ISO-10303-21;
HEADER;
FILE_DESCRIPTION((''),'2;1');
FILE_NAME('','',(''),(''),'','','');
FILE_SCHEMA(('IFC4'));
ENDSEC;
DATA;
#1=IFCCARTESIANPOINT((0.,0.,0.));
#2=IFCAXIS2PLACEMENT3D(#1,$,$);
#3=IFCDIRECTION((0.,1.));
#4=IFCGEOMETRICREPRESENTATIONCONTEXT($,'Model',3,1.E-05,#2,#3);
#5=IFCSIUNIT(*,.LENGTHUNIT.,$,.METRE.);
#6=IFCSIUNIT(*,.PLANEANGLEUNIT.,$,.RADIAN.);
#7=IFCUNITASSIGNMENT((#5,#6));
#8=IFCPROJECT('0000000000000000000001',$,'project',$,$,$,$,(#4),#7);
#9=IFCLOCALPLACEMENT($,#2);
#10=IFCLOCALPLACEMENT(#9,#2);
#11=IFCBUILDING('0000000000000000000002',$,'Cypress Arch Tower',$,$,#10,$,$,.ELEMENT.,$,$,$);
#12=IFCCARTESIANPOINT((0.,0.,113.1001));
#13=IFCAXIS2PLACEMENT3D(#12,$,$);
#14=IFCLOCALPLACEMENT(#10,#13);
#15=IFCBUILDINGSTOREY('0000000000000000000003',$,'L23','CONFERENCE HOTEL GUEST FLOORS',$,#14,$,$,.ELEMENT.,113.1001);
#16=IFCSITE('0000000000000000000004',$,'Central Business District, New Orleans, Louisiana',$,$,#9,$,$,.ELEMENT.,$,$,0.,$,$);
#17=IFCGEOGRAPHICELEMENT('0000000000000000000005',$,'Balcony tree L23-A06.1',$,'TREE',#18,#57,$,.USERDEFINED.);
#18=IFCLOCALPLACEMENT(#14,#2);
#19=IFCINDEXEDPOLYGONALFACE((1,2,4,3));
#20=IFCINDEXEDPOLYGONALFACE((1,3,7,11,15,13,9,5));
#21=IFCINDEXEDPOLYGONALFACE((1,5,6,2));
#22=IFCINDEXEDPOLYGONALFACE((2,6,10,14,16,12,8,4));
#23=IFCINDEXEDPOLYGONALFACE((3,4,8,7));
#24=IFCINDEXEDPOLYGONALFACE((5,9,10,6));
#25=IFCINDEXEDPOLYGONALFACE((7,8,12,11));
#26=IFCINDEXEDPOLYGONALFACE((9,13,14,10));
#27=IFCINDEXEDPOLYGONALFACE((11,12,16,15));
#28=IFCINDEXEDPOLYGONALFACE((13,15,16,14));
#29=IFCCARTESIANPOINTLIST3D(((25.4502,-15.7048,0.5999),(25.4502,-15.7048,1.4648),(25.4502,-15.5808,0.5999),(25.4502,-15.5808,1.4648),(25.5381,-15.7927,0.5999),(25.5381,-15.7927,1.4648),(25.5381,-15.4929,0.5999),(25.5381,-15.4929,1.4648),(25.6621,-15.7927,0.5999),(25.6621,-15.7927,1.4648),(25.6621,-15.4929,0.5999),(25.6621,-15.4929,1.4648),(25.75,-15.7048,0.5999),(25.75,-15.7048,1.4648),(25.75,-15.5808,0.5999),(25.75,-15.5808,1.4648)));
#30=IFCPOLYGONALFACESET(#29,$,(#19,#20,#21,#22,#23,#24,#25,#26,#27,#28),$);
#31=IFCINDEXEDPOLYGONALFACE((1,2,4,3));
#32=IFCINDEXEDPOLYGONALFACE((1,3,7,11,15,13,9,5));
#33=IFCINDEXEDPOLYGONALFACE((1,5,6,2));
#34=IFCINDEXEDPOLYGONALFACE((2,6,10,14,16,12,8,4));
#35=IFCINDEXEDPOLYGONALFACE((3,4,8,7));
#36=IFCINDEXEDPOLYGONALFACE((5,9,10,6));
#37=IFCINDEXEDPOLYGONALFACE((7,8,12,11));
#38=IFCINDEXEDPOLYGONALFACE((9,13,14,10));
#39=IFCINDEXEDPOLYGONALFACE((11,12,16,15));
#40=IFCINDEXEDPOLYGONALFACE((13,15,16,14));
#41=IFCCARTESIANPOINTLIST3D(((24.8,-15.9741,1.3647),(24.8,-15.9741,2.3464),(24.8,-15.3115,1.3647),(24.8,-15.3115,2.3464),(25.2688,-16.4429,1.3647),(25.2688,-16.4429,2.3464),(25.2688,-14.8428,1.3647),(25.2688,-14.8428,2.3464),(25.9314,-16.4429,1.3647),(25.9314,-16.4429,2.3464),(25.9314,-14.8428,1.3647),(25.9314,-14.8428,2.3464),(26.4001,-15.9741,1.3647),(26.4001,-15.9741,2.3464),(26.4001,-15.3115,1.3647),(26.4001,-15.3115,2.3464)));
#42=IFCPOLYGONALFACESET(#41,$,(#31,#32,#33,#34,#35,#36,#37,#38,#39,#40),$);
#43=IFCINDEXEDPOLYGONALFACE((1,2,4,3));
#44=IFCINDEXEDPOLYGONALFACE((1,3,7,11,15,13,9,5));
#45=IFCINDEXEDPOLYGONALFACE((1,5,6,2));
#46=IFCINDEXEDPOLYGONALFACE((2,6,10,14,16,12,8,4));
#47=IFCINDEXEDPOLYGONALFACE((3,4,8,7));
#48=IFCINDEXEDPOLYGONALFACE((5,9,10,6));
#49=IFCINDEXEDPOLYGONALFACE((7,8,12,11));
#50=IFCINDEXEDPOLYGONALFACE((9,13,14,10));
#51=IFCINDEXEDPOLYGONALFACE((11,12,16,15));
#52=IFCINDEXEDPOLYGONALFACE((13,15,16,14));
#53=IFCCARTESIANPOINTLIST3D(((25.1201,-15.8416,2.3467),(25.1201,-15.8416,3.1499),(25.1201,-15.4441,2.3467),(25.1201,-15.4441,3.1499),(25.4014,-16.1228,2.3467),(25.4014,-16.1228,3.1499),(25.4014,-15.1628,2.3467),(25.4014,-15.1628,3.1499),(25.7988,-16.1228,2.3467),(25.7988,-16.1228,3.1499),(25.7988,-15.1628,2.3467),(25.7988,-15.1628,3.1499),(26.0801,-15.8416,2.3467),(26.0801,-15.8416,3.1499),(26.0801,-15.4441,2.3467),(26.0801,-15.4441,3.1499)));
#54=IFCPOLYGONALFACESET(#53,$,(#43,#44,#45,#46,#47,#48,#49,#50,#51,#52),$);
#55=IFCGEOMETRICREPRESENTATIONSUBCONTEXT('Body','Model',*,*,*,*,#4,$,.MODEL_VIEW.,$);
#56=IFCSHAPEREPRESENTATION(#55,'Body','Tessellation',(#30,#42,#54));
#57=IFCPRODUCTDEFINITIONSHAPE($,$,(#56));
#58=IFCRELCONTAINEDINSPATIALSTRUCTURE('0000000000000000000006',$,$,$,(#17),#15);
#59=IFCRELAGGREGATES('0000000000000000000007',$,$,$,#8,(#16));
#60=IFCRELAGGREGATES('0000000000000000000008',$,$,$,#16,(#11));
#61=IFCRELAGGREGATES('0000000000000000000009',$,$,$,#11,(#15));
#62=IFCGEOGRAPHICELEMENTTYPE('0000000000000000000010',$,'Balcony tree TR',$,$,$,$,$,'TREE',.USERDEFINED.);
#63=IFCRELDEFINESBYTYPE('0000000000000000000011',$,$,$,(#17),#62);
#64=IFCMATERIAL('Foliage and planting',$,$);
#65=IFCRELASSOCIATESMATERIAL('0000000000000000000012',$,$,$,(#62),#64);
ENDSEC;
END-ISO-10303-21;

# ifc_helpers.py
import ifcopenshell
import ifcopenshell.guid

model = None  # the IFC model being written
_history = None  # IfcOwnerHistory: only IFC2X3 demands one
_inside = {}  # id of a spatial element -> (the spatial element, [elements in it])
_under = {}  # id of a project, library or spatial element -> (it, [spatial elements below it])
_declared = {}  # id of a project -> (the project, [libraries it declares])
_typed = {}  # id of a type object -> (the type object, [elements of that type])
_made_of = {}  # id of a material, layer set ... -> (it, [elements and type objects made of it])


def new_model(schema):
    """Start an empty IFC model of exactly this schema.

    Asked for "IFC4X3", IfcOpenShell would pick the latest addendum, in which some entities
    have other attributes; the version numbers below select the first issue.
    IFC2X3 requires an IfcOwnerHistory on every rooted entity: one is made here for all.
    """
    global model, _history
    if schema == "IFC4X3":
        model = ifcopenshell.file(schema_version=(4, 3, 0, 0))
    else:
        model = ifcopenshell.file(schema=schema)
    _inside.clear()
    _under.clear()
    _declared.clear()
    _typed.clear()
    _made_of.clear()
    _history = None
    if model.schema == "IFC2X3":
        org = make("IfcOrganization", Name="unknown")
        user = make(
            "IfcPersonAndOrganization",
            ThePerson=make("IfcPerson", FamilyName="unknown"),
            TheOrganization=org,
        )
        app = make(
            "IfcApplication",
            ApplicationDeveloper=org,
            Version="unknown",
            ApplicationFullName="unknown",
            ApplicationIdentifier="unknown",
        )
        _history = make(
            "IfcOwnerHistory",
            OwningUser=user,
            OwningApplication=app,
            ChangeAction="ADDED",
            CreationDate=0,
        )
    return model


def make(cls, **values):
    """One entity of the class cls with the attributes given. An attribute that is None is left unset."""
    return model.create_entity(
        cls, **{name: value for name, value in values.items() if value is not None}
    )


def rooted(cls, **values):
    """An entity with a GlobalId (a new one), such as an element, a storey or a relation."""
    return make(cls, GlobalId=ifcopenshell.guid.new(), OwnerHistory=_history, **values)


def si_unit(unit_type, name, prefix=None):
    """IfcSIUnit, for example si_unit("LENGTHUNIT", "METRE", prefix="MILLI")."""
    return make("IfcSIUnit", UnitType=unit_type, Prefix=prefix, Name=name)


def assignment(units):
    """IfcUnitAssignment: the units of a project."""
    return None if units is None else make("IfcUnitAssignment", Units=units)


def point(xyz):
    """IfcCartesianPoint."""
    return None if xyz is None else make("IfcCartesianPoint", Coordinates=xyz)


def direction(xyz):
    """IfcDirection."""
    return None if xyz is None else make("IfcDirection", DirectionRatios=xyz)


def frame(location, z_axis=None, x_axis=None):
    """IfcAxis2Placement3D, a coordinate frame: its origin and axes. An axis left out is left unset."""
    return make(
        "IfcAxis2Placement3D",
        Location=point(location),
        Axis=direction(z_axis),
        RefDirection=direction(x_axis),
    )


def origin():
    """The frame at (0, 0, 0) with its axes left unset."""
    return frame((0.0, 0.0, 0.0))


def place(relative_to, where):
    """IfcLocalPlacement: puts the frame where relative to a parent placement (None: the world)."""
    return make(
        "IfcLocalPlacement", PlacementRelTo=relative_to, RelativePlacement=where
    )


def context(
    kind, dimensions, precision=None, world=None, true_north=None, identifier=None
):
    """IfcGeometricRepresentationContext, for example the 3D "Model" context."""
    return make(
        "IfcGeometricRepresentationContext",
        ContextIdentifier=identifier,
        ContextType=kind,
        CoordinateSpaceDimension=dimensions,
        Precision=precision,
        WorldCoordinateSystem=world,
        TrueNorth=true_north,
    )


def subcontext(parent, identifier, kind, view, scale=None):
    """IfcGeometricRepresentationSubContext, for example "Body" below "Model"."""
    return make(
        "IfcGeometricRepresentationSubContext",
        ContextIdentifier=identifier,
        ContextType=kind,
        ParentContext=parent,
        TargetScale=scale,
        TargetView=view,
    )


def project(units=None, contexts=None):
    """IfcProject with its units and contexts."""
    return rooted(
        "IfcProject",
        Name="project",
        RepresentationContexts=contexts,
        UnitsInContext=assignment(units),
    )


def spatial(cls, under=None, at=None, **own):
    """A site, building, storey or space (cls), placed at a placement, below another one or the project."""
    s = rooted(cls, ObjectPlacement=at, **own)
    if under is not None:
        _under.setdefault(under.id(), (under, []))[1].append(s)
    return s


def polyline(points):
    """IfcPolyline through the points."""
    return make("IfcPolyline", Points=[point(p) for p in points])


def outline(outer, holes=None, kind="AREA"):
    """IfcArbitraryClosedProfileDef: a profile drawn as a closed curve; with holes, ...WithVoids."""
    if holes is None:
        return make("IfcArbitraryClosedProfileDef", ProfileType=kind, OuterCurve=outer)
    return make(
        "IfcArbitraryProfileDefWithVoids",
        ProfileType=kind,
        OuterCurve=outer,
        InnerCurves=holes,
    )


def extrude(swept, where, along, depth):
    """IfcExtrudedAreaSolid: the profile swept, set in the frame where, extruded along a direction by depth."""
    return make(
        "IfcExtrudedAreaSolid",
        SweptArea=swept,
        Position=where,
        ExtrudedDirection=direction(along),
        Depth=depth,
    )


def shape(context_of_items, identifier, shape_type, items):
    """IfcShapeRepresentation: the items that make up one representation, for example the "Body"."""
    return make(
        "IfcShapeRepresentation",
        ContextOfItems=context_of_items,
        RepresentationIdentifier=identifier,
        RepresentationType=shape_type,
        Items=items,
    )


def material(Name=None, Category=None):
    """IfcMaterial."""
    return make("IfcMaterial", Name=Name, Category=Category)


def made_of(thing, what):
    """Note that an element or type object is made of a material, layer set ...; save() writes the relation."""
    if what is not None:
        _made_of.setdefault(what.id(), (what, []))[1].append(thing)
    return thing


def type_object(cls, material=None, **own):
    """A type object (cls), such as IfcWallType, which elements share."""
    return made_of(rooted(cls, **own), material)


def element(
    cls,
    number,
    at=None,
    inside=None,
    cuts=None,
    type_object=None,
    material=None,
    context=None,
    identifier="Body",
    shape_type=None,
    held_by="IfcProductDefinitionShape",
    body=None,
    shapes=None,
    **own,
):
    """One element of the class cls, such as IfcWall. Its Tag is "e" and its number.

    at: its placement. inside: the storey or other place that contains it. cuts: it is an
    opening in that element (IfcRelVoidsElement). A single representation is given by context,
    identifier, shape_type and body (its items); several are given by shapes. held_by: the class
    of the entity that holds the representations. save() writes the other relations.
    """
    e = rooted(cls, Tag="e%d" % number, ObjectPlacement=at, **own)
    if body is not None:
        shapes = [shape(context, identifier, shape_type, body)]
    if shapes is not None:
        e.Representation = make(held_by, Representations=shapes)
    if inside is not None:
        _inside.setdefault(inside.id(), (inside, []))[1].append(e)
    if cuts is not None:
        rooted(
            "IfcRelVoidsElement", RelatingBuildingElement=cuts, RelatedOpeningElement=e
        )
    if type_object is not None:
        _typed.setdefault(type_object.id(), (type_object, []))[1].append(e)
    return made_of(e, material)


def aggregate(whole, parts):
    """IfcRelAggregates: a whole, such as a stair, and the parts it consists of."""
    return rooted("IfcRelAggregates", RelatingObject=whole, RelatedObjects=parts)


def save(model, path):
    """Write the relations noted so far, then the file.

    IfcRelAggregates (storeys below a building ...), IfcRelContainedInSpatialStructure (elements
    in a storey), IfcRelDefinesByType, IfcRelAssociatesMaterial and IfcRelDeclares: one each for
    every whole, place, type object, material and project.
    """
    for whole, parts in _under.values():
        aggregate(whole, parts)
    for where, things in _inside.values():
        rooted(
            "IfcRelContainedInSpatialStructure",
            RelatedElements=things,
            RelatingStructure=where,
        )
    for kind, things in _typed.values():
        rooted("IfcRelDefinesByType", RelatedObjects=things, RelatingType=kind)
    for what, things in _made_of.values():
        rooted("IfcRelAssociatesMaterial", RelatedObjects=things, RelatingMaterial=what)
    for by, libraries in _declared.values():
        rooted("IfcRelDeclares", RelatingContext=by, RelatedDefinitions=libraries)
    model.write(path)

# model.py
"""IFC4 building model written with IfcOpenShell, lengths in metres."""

from ifc_helpers import new_model, si_unit, direction, frame, origin, place, context, subcontext, project, spatial, polyline, outline, extrude, material, type_object, element, save


model = new_model("IFC4")

# Units and contexts
model_context = context("Model", 3, precision=1e-05, world=origin(), true_north=direction((0.0, 1.0)))
body_context = subcontext(model_context, "Body", "Model", "MODEL_VIEW")
ifc_project = project(units=[si_unit("LENGTHUNIT", "METRE"), si_unit("PLANEANGLEUNIT", "RADIAN")], contexts=[model_context])

# Site, building, storey
site_placement = place(None, origin())
site = spatial("IfcSite", under=ifc_project, at=site_placement, Name="Central Business District, New Orleans, Louisiana", CompositionType="ELEMENT", RefElevation=0.0)
building_placement = place(site_placement, origin())
building = spatial("IfcBuilding", under=site, at=building_placement, Name="Cypress Arch Tower", CompositionType="ELEMENT")
storey_placement = place(building_placement, frame((0.0, 0.0, 113.1001)))
storey = spatial("IfcBuildingStorey", under=building, at=storey_placement, Name="L23", Description="CONFERENCE HOTEL GUEST FLOORS", CompositionType="ELEMENT", Elevation=113.1001)

# Geographic element
ifc_material_1 = material(Name="Foliage and planting")
geographic_element_type = type_object("IfcGeographicElementType", Name="Balcony tree TR", ElementType="TREE", PredefinedType="USERDEFINED", material=ifc_material_1)
geographic_element_placement = place(storey_placement, frame((25.6001, -15.6428, 0.5999), z_axis=(0.0, 0.0, 1.0), x_axis=(1.0, 0.0, 0.0)))
element("IfcGeographicElement", 1, at=geographic_element_placement, inside=storey, type_object=geographic_element_type, Name="Balcony tree L23-A06.1", ObjectType="TREE", PredefinedType="USERDEFINED", context=body_context, shape_type="SweptSolid", body=[
    extrude(outline(polyline([(0.1499, 0.062), (0.062, 0.1499), (-0.062, 0.1499), (-0.1499, 0.062), (-0.1499, -0.062), (-0.062, -0.1499), (0.062, -0.1499), (0.1499, -0.062), (0.1499, 0.062)])), origin(), (0.0, 0.0, 1.0), 0.865),
    extrude(outline(polyline([(0.8, 0.3313), (0.3313, 0.8), (-0.3313, 0.8), (-0.8, 0.3313), (-0.8, -0.3313), (-0.3313, -0.8), (0.3313, -0.8), (0.8, -0.3313), (0.8, 0.3313)])), frame((0.0, 0.0, 0.7649)), (0.0, 0.0, 1.0), 0.9817),
    extrude(outline(polyline([(0.48, 0.1987), (0.1987, 0.48), (-0.1987, 0.48), (-0.48, 0.1987), (-0.48, -0.1987), (-0.1987, -0.48), (0.1987, -0.48), (0.48, -0.1987), (0.48, 0.1987)])), frame((0.0, 0.0, 1.7468)), (0.0, 0.0, 1.0), 0.8032),
])

save(model, "model.ifc")
